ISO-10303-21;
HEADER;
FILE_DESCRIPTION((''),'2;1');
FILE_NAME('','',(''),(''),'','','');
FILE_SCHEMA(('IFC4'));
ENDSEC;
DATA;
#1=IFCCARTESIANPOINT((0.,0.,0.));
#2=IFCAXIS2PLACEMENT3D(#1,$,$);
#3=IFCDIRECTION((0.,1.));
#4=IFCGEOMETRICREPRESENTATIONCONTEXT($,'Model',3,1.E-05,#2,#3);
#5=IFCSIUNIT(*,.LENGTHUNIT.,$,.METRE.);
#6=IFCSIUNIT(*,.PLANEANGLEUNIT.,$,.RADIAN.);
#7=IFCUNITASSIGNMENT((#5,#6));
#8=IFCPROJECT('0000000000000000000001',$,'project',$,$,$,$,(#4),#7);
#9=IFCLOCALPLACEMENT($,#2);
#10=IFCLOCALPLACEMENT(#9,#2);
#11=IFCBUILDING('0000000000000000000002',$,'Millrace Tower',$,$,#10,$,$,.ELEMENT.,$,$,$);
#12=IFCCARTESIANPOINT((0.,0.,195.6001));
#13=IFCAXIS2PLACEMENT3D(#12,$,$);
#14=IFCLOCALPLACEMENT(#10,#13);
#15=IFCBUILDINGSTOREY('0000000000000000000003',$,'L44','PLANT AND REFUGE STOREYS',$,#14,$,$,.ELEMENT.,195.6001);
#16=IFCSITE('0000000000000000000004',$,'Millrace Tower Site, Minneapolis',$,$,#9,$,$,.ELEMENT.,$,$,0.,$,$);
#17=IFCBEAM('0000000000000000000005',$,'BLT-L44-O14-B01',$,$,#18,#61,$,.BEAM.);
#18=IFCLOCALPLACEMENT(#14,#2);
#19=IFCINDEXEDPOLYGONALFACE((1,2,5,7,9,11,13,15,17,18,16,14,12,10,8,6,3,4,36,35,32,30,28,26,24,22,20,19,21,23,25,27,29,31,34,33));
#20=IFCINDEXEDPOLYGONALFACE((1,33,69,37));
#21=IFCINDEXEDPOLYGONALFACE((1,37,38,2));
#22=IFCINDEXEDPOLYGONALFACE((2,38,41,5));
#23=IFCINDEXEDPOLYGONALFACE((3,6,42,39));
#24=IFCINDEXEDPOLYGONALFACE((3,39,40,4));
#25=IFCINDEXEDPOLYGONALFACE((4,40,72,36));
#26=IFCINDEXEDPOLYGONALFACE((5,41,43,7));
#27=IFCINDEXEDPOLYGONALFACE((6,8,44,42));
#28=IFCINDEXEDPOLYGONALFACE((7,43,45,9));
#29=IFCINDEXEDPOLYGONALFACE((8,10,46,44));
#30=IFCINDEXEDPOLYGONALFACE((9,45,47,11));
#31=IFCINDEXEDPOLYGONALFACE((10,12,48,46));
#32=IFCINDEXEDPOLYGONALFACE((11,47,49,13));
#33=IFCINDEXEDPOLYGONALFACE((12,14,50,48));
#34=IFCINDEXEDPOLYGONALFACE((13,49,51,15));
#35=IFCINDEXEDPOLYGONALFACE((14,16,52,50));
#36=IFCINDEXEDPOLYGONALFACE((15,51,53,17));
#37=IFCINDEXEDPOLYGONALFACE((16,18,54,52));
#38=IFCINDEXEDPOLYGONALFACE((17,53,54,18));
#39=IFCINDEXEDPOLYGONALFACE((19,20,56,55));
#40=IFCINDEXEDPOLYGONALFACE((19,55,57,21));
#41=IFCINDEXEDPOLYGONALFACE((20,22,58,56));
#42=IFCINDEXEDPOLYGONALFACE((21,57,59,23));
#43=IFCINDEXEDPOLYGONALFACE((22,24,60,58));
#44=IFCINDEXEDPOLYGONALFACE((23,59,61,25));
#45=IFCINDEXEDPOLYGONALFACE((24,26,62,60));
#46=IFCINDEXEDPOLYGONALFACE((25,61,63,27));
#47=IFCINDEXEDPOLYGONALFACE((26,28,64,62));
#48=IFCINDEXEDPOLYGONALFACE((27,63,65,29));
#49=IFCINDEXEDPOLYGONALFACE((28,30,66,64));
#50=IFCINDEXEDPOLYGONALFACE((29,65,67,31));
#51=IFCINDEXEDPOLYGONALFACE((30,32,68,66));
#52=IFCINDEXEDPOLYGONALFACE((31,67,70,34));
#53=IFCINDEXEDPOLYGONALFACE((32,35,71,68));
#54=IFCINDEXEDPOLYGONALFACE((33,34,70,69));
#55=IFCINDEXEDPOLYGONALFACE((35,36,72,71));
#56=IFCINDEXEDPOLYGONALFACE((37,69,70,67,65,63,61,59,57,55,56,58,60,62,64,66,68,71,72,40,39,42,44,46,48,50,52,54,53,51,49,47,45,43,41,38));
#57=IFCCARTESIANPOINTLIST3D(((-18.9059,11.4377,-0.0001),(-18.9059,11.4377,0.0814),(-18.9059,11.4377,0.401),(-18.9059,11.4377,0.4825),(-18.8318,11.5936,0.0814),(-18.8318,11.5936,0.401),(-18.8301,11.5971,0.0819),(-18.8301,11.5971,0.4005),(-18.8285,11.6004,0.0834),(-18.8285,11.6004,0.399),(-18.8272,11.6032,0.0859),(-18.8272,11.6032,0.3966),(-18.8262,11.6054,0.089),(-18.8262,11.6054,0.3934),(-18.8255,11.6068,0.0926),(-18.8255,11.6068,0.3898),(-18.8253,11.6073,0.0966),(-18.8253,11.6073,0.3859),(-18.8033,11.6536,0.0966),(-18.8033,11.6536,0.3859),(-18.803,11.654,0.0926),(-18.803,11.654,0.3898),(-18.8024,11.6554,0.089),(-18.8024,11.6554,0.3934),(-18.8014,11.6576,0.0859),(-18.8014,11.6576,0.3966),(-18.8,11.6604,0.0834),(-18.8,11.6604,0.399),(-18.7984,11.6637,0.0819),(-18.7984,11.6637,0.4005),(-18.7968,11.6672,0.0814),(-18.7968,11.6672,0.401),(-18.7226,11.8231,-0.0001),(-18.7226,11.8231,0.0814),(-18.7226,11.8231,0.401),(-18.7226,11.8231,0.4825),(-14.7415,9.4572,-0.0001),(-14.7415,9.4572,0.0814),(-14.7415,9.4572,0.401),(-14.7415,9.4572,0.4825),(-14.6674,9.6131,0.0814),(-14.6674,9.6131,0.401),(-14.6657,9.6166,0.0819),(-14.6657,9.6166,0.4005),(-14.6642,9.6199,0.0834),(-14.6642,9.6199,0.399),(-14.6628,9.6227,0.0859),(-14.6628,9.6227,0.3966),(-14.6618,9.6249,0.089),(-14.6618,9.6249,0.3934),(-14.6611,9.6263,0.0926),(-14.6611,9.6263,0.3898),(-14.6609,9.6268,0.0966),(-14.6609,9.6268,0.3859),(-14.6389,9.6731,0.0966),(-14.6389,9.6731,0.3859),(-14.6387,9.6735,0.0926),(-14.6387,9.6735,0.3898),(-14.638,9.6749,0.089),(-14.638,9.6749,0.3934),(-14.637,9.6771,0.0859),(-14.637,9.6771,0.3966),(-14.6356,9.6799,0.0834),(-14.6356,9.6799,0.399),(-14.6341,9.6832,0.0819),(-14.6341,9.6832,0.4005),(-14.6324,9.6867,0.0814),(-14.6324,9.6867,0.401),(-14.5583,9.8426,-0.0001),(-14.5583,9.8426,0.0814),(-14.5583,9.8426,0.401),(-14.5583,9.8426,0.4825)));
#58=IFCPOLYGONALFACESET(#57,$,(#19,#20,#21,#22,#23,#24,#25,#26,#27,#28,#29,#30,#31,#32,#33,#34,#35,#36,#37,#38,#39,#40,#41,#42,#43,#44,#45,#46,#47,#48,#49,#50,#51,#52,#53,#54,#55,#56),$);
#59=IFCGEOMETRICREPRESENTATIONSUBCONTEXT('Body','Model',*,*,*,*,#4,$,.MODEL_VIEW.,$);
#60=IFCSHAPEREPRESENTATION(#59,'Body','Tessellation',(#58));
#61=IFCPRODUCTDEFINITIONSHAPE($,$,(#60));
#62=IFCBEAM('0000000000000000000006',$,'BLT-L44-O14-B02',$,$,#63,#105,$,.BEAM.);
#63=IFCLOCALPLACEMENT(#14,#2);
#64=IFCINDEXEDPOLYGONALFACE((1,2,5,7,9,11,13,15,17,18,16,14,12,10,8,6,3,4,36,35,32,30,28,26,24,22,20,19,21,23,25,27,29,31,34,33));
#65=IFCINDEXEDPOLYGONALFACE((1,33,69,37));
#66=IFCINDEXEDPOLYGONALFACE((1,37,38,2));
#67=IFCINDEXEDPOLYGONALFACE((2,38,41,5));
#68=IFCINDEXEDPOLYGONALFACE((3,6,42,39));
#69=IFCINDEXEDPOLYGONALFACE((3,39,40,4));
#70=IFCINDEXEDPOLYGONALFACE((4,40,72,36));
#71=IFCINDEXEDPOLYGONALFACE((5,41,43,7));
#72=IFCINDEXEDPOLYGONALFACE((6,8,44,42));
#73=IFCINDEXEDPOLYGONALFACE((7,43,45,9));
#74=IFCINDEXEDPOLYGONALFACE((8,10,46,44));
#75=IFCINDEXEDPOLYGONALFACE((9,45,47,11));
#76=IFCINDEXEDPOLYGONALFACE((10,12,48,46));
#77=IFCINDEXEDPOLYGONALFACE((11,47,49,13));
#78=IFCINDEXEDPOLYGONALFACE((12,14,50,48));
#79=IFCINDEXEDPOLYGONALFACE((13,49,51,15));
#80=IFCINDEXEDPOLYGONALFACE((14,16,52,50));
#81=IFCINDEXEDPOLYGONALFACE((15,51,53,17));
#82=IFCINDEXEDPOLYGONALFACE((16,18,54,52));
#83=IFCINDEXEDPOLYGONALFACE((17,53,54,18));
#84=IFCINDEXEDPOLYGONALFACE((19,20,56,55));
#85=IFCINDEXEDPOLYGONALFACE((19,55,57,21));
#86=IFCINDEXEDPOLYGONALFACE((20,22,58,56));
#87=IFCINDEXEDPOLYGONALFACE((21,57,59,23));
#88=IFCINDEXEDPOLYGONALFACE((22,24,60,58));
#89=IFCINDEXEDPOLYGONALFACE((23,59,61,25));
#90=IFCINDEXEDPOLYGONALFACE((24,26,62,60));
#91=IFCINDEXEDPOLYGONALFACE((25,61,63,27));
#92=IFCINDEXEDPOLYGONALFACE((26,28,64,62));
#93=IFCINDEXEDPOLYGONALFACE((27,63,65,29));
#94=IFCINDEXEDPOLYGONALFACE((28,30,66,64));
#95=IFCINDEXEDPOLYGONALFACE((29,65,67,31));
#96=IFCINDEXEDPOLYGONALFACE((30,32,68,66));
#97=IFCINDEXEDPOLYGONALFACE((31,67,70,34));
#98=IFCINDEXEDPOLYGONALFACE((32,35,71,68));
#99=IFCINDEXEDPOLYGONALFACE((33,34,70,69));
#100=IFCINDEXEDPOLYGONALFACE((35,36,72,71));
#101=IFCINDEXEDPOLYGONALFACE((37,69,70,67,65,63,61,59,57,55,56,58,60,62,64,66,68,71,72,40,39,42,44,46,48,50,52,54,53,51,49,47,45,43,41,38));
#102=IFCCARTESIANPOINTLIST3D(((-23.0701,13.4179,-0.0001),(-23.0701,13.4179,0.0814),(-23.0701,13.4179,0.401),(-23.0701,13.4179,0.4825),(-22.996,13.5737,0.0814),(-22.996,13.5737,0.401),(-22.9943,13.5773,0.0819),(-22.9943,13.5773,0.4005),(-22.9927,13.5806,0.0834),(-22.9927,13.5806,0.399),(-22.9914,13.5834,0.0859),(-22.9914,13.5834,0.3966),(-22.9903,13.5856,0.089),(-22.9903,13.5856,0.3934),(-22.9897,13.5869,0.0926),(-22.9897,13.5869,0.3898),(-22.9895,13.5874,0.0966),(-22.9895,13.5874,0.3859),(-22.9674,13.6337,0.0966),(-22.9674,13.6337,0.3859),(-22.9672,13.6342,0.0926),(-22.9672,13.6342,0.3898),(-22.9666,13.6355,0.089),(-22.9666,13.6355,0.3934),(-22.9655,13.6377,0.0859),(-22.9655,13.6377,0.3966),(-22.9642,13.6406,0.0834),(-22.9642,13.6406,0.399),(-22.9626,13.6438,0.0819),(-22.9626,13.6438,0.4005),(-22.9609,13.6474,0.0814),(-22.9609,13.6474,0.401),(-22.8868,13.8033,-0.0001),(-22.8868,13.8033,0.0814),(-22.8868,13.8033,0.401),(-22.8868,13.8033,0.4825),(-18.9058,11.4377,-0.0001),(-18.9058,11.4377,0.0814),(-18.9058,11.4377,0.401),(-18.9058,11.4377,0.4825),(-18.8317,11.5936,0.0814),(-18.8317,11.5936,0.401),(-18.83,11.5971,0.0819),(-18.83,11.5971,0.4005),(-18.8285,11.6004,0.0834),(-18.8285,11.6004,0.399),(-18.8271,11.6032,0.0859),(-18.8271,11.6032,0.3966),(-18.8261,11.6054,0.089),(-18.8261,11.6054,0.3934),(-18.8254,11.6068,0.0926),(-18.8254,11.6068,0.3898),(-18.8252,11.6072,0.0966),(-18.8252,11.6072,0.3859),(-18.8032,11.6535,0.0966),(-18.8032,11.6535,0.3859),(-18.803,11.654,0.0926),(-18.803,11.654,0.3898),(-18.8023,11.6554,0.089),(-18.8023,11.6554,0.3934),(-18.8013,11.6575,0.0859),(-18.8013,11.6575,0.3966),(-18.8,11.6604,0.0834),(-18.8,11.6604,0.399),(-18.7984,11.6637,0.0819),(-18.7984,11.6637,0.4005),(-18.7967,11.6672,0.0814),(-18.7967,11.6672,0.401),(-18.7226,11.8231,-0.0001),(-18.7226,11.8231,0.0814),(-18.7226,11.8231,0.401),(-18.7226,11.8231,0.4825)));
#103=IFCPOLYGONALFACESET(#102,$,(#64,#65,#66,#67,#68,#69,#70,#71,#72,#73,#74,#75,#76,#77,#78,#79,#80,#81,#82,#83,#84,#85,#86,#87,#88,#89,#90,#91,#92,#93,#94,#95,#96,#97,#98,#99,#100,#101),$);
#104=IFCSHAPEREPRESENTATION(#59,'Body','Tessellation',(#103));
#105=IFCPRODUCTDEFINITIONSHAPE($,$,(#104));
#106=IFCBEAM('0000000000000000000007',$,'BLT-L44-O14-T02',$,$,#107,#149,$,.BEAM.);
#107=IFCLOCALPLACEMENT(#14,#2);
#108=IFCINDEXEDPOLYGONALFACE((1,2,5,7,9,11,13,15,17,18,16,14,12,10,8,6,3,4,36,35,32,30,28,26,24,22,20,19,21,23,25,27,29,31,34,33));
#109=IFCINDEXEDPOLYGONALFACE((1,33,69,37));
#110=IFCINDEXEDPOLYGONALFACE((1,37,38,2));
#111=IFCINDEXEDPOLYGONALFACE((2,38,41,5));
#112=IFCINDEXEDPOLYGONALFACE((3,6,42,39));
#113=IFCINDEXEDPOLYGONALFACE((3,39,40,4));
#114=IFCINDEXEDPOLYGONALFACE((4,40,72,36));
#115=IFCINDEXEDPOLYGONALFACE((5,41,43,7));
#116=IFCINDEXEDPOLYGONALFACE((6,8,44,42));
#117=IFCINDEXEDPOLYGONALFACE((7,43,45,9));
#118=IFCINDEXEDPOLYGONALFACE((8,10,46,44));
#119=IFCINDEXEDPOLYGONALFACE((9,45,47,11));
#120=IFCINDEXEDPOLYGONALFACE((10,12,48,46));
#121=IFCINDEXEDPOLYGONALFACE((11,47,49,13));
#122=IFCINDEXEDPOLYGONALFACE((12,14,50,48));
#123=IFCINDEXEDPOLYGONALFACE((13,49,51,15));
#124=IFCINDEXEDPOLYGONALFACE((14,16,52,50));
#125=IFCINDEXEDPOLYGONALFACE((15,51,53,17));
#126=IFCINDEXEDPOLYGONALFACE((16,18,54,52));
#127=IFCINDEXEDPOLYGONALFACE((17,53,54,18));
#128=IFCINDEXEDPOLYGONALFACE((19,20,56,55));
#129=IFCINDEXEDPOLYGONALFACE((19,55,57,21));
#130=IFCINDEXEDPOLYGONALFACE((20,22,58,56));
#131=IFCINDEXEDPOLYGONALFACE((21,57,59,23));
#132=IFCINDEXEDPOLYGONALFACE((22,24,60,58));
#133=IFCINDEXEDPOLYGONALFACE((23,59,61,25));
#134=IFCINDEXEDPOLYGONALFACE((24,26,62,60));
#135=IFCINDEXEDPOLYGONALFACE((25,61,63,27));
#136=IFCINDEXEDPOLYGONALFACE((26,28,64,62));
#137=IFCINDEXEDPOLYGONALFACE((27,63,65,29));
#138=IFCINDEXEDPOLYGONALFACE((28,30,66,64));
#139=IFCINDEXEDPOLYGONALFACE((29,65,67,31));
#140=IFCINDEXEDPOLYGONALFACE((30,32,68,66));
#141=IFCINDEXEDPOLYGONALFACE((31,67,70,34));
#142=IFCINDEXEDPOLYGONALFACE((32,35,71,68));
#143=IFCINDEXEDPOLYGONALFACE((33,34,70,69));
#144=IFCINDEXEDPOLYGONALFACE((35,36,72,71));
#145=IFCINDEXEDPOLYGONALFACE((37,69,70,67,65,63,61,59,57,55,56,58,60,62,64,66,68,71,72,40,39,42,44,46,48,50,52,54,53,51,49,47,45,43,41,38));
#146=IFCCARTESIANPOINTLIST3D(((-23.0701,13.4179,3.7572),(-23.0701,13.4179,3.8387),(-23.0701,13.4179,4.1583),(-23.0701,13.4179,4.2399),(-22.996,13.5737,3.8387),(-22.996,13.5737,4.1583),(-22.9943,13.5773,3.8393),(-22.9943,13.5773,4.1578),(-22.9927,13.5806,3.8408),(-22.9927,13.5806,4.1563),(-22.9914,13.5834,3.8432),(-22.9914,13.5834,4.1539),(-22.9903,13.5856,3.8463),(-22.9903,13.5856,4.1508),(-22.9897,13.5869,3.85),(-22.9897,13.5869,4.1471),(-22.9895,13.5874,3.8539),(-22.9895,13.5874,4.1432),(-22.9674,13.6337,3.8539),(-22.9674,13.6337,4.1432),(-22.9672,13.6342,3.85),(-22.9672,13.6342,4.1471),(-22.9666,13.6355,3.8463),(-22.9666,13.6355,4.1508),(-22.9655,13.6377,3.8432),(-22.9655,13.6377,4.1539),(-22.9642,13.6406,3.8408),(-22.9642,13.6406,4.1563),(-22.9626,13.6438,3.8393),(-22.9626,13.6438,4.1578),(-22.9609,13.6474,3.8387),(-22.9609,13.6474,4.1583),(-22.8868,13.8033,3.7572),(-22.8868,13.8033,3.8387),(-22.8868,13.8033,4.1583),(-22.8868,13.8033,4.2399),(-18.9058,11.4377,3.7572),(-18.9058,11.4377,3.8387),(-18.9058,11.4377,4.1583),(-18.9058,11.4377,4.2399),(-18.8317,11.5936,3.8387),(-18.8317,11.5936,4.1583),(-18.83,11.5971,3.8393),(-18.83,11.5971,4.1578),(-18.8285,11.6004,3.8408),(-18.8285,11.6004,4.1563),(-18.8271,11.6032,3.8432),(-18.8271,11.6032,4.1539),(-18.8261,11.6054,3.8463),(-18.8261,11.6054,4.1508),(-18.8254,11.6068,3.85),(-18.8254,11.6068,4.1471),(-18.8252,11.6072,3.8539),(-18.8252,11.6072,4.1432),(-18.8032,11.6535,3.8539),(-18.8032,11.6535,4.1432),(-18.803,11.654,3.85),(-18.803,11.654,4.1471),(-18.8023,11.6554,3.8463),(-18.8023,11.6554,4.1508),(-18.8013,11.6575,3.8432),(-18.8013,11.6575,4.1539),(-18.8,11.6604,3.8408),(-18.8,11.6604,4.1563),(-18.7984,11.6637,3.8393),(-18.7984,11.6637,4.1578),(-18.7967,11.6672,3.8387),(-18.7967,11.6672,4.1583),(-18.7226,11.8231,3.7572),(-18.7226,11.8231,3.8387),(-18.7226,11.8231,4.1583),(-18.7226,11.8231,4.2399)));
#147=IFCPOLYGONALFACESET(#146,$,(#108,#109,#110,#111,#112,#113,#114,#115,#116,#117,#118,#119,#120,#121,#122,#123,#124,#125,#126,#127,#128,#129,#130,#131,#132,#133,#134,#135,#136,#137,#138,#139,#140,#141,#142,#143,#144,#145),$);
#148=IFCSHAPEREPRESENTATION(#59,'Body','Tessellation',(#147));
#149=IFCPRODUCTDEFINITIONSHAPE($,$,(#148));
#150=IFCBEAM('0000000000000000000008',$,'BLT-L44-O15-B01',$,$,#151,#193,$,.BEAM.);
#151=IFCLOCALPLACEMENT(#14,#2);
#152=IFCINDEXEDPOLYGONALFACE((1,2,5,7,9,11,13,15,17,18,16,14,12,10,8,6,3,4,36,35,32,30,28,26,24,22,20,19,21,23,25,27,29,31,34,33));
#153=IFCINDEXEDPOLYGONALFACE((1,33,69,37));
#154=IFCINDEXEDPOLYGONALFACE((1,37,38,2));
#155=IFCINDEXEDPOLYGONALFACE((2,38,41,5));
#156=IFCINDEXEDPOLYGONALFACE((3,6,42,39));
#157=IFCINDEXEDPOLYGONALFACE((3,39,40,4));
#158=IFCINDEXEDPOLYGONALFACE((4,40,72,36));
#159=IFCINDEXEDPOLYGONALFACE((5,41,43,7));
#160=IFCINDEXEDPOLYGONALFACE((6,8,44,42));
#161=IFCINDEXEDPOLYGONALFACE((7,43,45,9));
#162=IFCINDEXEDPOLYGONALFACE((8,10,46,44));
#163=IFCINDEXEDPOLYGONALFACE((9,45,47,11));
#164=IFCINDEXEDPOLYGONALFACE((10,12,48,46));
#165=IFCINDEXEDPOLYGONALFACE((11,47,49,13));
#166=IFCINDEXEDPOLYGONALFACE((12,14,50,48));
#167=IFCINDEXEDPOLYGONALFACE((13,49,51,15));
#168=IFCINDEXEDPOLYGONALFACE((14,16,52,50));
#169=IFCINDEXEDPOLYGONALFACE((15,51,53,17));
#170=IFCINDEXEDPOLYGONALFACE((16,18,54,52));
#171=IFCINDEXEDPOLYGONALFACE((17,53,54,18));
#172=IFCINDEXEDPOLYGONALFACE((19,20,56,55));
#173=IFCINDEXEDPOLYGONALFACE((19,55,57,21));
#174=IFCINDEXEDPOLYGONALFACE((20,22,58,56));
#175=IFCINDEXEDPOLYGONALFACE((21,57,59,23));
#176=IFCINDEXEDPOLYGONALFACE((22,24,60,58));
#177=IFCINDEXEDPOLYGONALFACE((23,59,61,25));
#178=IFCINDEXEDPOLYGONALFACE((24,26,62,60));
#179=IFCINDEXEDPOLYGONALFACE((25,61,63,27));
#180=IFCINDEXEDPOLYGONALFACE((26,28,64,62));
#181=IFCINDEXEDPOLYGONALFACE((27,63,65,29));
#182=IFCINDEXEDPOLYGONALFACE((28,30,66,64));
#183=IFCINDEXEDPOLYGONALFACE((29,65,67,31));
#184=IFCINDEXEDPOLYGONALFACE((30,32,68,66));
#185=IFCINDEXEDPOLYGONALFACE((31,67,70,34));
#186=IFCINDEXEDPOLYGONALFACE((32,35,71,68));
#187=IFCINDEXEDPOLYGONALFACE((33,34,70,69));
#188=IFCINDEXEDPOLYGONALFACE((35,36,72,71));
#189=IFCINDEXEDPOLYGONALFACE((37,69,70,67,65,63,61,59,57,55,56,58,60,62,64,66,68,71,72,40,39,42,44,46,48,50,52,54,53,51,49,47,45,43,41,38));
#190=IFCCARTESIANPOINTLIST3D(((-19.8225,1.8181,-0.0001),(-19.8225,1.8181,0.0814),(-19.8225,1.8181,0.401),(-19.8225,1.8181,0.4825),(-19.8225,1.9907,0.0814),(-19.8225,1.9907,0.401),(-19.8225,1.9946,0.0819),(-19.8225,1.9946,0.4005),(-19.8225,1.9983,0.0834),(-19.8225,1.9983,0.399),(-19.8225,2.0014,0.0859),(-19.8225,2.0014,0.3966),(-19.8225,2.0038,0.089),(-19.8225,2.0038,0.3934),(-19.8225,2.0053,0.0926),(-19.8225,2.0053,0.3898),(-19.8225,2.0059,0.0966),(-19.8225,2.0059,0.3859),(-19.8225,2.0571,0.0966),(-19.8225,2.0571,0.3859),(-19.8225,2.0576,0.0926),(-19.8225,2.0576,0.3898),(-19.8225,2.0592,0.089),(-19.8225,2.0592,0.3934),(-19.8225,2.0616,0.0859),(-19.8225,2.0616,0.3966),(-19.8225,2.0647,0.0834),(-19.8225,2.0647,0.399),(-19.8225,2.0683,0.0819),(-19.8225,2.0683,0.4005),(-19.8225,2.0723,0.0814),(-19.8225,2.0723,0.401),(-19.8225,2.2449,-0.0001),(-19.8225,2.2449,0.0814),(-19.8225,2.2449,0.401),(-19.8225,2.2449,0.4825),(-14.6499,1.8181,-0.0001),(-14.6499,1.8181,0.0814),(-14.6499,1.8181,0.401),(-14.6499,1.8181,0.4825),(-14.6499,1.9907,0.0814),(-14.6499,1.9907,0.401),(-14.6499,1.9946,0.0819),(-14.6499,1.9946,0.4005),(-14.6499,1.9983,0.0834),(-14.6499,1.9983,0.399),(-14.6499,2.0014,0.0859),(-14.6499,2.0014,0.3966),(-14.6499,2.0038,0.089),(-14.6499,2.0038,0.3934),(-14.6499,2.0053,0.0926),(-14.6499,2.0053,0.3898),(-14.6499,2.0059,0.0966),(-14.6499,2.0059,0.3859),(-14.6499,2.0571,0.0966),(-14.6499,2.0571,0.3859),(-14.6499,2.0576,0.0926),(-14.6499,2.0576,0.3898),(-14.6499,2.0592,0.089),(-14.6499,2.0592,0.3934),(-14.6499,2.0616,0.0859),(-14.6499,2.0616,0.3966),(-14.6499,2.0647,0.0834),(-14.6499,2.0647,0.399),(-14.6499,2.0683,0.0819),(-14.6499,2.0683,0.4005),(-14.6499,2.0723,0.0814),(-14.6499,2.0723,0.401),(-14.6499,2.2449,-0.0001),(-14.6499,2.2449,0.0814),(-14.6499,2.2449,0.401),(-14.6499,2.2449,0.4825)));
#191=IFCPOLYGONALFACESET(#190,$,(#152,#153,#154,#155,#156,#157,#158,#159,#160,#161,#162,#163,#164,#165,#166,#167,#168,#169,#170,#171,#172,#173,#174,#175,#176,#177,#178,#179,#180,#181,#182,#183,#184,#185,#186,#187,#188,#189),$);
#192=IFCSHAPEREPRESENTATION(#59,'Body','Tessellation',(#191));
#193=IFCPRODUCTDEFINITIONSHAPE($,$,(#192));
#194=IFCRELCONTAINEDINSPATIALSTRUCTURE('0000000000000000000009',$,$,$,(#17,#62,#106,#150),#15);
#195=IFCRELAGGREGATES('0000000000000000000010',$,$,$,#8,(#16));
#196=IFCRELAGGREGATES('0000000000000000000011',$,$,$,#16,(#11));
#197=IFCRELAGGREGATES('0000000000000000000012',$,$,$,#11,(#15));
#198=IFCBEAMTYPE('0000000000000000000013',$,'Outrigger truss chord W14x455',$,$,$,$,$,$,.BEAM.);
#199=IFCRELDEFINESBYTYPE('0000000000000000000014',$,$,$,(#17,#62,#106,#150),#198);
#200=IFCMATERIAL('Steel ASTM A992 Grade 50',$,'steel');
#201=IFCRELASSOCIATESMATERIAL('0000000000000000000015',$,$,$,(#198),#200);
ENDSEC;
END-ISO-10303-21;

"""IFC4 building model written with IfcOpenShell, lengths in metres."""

from ifc_helpers import new_model, si_unit, direction, frame, origin, origin_2d, place, context, subcontext, project, spatial, i_section, extrude, material, material_profile, profile_set, type_object, element, save


model = new_model("IFC4")

# Units and contexts
model_context = context("Model", 3, precision=1e-05, world=origin(), true_north=direction((0.0, 1.0)))
body_context = subcontext(model_context, "Body", "Model", "MODEL_VIEW")
ifc_project = project(units=[si_unit("LENGTHUNIT", "METRE"), si_unit("PLANEANGLEUNIT", "RADIAN")], contexts=[model_context])

# Site, building, storey
site_placement = place(None, origin())
site = spatial("IfcSite", under=ifc_project, at=site_placement, Name="Millrace Tower Site, Minneapolis", CompositionType="ELEMENT", RefElevation=0.0)
building_placement = place(site_placement, origin())
building = spatial("IfcBuilding", under=site, at=building_placement, Name="Millrace Tower", CompositionType="ELEMENT")
storey_placement = place(building_placement, frame((0.0, 0.0, 195.6001)))
storey = spatial("IfcBuildingStorey", under=building, at=storey_placement, Name="L44", Description="PLANT AND REFUGE STOREYS", CompositionType="ELEMENT", Elevation=195.6001)

# Beams
ifc_material_1 = material(Name="Steel ASTM A992 Grade 50", Category="steel")
ifc_material_profile_1 = material_profile(ifc_material_1, i_section(OverallWidth=0.4268, OverallDepth=0.4827, WebThickness=0.0513, FlangeThickness=0.0815, FilletRadius=0.0151, at=origin_2d()))
ifc_profile_set_1 = profile_set([ifc_material_profile_1], Name="Steel ASTM A992 Grade 50")
beam_type_1 = type_object("IfcBeamType", Name="Outrigger truss chord W14x455", PredefinedType="BEAM", material=ifc_profile_set_1)
beam_1_placement = place(storey_placement, frame((-14.6499, 9.6499, 0.2412), z_axis=(-0.903074, 0.429486, 0.0), x_axis=(-0.429486, -0.903074, 0.0)))
element("IfcBeam", 1, at=beam_1_placement, inside=storey, type_object=beam_type_1, Name="BLT-L44-O14-B01", PredefinedType="BEAM", context=body_context, shape_type="SweptSolid", body=[
    extrude(i_section(OverallWidth=0.4268, OverallDepth=0.4827, WebThickness=0.0513, FlangeThickness=0.0815, FilletRadius=0.0151, at=origin_2d()), origin(), (0.0, 0.0, 1.0), 4.6113),
])
for number, where, z_axis, x_axis, name in (
    (2, (-18.8142, 11.6304, 0.2412), (-0.903094, 0.429442, 0.0), (-0.429442, -0.903094, 0.0), "BLT-L44-O14-B02"),
    (3, (-18.8142, 11.6304, 3.9985), (-0.903094, 0.429442, 0.0), (-0.429442, -0.903094, 0.0), "BLT-L44-O14-T02"),
):
    element("IfcBeam", number, at=place(storey_placement, frame(where, z_axis=z_axis, x_axis=x_axis)), inside=storey, type_object=beam_type_1, Name=name, PredefinedType="BEAM", context=body_context, shape_type="SweptSolid", body=[
        extrude(i_section(OverallWidth=0.4268, OverallDepth=0.4827, WebThickness=0.0513, FlangeThickness=0.0815, FilletRadius=0.0151, at=origin_2d()), origin(), (0.0, 0.0, 1.0), 4.6111),
    ])
for number, where, z_axis, x_axis, name in (
    (4, (-14.6499, 2.0315, 0.2412), (-1.0, 0.0, 0.0), (0.0, -1.0, 0.0), "BLT-L44-O15-B01"),
):
    element("IfcBeam", number, at=place(storey_placement, frame(where, z_axis=z_axis, x_axis=x_axis)), inside=storey, type_object=beam_type_1, Name=name, PredefinedType="BEAM", context=body_context, shape_type="SweptSolid", body=[
        extrude(i_section(OverallWidth=0.4268, OverallDepth=0.4827, WebThickness=0.0513, FlangeThickness=0.0815, FilletRadius=0.0151, at=origin_2d()), origin(), (0.0, 0.0, 1.0), 5.1726),
    ])

save(model, "model.ifc")
